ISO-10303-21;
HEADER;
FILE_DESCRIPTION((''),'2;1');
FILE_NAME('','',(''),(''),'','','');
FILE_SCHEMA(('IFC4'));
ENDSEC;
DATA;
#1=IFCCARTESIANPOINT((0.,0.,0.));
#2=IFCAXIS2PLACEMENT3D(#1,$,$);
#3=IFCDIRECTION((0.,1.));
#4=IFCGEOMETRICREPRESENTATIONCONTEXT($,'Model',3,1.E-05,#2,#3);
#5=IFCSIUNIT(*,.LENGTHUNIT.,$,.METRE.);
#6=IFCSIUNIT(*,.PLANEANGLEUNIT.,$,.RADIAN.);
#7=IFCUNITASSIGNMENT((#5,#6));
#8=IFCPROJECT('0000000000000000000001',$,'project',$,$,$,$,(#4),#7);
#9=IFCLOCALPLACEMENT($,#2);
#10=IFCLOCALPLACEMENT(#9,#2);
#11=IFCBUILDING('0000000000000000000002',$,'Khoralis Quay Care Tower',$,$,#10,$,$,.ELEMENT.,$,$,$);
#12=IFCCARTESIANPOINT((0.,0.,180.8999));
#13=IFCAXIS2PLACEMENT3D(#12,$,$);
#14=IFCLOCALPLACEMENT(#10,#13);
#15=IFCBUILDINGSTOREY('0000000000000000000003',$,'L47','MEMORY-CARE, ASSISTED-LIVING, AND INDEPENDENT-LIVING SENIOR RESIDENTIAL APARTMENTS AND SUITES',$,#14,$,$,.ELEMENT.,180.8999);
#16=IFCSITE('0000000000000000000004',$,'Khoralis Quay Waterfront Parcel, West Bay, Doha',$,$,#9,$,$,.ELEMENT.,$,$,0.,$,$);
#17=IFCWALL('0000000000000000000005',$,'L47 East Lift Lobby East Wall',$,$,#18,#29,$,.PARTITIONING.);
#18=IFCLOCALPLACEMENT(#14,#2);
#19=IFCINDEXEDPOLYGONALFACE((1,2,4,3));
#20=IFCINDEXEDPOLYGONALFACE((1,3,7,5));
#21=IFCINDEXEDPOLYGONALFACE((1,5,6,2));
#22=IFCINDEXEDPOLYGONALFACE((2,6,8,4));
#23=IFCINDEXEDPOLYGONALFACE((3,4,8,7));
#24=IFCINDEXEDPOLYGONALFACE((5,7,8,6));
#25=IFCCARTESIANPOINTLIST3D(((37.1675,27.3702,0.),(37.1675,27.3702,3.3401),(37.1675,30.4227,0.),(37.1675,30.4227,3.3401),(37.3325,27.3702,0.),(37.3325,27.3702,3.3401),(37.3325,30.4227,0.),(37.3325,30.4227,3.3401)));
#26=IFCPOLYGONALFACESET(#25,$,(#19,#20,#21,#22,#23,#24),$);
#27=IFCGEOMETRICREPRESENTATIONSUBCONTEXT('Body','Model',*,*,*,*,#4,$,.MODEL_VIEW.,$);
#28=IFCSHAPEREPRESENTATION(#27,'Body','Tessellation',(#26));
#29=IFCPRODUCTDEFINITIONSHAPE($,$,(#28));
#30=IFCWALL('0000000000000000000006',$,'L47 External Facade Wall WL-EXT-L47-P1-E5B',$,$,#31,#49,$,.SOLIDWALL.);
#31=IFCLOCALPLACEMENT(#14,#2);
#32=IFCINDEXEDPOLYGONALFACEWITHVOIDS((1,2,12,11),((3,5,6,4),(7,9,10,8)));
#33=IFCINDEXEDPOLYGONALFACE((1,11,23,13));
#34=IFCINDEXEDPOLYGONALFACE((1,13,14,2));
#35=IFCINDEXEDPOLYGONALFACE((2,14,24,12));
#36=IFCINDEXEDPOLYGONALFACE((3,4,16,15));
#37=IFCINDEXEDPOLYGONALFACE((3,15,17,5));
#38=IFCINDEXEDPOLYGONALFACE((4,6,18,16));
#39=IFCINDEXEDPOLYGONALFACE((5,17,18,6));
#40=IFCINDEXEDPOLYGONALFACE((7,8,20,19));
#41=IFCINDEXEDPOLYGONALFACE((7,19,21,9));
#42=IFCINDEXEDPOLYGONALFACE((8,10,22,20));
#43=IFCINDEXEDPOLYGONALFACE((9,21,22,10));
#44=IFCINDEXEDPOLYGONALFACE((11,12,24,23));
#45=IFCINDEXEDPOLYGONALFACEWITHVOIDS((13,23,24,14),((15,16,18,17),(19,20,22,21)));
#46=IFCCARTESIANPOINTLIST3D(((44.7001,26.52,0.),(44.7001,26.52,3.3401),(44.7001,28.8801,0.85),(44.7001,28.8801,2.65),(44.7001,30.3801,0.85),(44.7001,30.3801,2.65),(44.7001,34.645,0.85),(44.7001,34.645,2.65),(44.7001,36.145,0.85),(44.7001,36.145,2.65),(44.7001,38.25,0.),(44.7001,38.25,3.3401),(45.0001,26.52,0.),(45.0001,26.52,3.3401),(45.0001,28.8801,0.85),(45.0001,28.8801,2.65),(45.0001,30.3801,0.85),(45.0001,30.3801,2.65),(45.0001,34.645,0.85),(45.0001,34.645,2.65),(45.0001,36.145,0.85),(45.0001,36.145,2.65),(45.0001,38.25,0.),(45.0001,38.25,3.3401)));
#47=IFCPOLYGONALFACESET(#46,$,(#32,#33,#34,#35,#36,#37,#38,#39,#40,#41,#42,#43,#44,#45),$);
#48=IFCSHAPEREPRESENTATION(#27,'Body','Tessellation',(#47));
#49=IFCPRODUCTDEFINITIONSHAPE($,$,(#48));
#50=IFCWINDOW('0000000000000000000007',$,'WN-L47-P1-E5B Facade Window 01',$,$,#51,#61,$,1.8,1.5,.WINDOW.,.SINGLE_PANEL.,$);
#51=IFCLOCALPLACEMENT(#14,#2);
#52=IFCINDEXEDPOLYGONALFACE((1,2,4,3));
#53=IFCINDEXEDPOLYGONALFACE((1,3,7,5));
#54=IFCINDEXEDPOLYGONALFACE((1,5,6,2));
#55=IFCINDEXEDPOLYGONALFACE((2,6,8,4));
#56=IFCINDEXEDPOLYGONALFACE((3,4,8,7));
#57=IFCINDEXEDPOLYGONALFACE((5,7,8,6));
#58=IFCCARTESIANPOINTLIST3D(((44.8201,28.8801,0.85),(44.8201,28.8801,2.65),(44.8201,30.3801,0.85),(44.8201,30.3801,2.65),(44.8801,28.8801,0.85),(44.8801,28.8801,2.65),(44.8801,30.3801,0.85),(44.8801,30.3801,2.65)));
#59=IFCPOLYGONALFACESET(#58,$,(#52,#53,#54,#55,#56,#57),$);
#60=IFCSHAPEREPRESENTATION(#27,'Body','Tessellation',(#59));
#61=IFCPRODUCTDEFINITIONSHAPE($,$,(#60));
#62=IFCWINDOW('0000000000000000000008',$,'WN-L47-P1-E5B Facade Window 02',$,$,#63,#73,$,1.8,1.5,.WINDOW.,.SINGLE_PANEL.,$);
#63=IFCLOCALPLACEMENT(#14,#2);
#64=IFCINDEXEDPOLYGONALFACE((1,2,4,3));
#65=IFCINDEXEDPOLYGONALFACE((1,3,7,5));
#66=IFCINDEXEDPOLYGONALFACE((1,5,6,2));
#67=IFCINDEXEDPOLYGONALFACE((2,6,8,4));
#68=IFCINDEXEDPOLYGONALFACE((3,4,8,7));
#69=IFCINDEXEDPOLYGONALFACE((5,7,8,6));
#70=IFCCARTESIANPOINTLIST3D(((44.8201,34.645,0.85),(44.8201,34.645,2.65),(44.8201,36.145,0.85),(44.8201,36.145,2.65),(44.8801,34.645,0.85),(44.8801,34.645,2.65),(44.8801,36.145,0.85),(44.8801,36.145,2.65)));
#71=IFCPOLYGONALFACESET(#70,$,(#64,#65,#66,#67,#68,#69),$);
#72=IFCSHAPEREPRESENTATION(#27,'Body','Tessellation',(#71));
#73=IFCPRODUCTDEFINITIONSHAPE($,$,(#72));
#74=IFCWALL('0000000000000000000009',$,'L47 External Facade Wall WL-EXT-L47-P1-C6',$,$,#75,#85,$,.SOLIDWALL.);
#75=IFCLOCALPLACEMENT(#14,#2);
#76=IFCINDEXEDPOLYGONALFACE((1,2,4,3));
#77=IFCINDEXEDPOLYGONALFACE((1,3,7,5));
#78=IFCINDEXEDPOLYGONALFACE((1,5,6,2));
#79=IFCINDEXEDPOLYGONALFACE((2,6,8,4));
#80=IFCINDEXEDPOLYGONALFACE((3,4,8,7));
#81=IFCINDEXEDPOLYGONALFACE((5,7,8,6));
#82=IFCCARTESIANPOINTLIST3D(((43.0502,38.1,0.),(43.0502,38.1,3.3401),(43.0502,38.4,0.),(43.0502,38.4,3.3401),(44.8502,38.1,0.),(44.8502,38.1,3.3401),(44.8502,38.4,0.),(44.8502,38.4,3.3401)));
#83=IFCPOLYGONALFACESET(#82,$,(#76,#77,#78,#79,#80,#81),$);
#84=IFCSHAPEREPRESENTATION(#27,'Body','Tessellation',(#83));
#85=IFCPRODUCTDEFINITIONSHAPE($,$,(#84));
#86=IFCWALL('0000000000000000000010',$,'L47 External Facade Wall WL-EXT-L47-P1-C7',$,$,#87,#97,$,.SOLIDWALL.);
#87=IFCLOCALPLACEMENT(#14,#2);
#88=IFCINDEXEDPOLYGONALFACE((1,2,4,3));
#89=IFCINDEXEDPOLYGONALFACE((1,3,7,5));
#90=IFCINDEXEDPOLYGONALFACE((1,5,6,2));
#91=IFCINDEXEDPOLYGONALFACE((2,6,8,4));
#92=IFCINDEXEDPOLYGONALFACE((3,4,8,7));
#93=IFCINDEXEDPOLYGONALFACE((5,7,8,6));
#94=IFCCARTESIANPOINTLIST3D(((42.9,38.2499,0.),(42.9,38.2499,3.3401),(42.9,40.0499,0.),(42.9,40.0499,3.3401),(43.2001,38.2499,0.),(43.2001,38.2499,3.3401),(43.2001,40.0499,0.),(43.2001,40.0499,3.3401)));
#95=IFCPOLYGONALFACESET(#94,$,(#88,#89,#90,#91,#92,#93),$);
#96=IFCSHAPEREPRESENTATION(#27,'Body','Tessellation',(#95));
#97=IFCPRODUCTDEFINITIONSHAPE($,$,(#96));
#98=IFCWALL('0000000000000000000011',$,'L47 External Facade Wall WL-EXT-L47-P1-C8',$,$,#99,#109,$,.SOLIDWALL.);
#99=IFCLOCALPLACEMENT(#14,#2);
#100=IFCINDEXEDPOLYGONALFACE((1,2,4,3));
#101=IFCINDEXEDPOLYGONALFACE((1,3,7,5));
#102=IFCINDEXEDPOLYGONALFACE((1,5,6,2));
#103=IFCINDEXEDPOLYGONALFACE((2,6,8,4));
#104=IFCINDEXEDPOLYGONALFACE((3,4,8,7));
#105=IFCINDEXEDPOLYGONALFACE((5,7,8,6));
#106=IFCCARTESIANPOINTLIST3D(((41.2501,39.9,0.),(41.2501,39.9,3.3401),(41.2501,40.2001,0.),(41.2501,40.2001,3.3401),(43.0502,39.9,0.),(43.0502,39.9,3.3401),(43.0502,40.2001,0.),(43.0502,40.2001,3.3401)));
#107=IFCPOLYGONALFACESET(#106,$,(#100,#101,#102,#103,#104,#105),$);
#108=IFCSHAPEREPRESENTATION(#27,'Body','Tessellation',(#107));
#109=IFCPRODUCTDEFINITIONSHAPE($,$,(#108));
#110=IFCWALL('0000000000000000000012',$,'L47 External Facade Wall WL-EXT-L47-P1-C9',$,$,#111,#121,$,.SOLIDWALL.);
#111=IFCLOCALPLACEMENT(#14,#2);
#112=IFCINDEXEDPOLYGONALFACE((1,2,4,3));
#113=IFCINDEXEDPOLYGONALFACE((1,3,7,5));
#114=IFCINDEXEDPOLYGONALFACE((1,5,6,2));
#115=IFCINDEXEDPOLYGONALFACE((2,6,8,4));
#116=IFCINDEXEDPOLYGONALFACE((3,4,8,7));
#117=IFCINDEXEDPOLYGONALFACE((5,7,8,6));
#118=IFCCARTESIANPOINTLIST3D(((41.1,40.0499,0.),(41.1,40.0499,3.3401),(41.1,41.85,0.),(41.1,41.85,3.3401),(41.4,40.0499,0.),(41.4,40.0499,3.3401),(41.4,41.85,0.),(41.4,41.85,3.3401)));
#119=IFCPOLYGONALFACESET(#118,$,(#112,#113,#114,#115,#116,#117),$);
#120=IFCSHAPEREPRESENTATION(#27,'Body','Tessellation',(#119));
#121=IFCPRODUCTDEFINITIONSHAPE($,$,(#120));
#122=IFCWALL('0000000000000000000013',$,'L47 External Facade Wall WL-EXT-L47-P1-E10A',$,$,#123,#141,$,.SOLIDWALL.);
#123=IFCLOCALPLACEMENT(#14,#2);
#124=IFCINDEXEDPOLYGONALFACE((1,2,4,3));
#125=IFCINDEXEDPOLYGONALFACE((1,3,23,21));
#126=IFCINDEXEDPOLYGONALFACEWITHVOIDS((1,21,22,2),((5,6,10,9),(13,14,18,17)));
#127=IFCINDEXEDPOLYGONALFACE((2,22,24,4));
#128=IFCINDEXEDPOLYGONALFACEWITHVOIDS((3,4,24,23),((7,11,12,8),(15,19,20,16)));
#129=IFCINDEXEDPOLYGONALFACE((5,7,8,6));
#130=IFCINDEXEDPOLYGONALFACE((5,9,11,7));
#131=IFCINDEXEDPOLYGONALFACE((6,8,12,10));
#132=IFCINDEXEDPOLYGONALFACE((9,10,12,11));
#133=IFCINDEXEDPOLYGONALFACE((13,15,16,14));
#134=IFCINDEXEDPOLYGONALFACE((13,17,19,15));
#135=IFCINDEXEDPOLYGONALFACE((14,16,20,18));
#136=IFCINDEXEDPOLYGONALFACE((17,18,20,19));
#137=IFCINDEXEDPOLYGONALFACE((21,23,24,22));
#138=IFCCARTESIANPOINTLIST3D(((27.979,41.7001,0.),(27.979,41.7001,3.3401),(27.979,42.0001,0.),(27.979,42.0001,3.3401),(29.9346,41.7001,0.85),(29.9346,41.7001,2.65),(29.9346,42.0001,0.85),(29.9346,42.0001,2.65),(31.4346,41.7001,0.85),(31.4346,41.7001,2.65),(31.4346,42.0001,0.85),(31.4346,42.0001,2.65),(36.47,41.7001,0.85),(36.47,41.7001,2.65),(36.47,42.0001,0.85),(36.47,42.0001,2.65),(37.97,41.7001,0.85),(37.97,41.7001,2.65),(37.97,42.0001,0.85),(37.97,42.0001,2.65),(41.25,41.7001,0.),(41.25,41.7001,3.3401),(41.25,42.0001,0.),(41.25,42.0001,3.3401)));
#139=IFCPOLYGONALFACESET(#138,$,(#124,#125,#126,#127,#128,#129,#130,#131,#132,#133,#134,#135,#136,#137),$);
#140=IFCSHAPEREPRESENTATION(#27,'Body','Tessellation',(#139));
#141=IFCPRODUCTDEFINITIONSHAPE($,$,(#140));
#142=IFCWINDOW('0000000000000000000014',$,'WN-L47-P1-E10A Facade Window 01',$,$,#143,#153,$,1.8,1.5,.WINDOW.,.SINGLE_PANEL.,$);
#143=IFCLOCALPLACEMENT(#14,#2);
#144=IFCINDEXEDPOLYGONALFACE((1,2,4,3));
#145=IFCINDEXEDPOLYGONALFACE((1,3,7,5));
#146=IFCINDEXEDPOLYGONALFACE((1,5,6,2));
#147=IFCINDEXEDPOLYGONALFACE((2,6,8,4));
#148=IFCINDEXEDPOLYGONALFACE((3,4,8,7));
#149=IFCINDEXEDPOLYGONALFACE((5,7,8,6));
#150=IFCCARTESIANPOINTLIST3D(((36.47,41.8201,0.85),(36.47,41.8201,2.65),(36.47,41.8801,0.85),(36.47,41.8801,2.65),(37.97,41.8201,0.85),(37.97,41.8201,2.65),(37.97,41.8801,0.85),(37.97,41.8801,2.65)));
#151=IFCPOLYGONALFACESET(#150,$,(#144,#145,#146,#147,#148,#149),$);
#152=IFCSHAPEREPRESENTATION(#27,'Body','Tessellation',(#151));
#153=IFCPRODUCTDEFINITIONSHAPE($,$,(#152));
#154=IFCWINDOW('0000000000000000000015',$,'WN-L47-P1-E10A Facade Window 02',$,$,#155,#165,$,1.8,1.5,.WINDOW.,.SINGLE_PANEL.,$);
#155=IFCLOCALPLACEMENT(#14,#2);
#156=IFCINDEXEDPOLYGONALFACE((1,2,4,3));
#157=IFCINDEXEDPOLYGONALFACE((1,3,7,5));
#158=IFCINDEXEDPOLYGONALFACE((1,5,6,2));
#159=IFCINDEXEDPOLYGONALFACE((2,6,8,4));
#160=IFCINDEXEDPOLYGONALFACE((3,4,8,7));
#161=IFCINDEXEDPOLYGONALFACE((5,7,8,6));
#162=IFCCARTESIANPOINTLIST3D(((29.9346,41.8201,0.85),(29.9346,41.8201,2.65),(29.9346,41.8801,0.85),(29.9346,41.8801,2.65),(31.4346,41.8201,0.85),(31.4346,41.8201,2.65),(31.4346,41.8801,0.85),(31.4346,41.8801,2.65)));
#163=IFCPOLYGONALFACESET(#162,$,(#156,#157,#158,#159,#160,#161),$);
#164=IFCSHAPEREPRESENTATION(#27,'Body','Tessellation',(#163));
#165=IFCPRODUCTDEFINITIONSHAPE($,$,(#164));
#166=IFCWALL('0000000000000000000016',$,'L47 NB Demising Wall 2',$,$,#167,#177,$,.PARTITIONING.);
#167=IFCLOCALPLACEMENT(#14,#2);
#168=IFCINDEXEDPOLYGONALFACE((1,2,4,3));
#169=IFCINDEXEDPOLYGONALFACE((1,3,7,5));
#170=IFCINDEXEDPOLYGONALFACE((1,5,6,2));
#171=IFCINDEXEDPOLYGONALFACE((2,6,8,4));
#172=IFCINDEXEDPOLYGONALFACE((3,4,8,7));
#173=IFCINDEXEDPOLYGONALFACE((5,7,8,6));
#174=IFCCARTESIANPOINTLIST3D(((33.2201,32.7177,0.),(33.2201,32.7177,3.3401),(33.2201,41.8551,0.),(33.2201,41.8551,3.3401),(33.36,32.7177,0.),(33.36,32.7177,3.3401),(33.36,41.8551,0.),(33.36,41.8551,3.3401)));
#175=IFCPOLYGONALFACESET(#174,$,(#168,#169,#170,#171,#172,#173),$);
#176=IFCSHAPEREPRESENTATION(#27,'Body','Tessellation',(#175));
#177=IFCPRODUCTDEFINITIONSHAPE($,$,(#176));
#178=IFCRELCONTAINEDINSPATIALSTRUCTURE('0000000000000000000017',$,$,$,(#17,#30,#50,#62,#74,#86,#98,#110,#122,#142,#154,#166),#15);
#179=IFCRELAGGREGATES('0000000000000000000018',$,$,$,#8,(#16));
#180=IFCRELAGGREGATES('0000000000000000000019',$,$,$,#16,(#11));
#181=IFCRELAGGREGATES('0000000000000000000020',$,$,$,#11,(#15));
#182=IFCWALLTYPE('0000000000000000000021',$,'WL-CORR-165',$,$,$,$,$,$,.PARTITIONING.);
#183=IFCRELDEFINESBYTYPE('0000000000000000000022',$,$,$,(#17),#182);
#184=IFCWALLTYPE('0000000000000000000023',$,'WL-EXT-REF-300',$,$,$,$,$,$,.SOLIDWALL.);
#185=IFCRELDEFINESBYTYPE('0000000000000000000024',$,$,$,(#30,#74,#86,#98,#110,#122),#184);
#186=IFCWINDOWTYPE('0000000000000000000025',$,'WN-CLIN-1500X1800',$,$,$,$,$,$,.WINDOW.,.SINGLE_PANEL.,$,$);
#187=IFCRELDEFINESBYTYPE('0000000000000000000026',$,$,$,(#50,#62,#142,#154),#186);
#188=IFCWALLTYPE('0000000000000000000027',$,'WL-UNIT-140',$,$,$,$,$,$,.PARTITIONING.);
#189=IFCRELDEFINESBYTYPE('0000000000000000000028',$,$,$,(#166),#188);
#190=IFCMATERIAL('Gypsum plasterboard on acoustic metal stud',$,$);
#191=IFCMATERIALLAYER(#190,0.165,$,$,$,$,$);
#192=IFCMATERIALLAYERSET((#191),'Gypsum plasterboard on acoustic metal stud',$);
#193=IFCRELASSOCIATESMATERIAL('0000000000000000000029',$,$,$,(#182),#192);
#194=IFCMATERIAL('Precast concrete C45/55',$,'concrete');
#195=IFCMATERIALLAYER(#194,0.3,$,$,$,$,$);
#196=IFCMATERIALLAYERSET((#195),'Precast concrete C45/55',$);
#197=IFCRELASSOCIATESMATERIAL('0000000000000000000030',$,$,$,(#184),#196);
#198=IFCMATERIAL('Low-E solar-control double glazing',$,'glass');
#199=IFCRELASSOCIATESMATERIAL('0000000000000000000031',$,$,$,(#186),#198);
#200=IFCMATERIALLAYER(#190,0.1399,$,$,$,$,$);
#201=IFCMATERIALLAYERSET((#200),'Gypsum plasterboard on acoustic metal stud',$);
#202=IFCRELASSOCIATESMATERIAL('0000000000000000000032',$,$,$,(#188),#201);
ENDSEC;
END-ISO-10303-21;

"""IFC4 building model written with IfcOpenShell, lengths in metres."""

from ifc_helpers import new_model, si_unit, direction, frame, frame_2d, origin, place, context, subcontext, project, spatial, rectangle, extrude, source, transform, mapped, material, layer, layer_set, type_object, element, fill, save


model = new_model("IFC4")

# Units and contexts
model_context = context("Model", 3, precision=1e-05, world=origin(), true_north=direction((0.0, 1.0)))
body_context = subcontext(model_context, "Body", "Model", "MODEL_VIEW")
ifc_project = project(units=[si_unit("LENGTHUNIT", "METRE"), si_unit("PLANEANGLEUNIT", "RADIAN")], contexts=[model_context])

# Site, building, storey
site_placement = place(None, origin())
site = spatial("IfcSite", under=ifc_project, at=site_placement, Name="Khoralis Quay Waterfront Parcel, West Bay, Doha", CompositionType="ELEMENT", RefElevation=0.0)
building_placement = place(site_placement, origin())
building = spatial("IfcBuilding", under=site, at=building_placement, Name="Khoralis Quay Care Tower", CompositionType="ELEMENT")
storey_placement = place(building_placement, frame((0.0, 0.0, 180.8999)))
storey = spatial("IfcBuildingStorey", under=building, at=storey_placement, Name="L47", Description="MEMORY-CARE, ASSISTED-LIVING, AND INDEPENDENT-LIVING SENIOR RESIDENTIAL APARTMENTS AND SUITES", CompositionType="ELEMENT", Elevation=180.8999)

# Wall
ifc_material_1 = material(Name="Gypsum plasterboard on acoustic metal stud")
ifc_layer_1 = layer(ifc_material_1, 0.165)
ifc_layer_set_1 = layer_set([ifc_layer_1], Name="Gypsum plasterboard on acoustic metal stud")
wall_type_1 = type_object("IfcWallType", Name="WL-CORR-165", PredefinedType="PARTITIONING", material=ifc_layer_set_1)
wall_1_placement = place(storey_placement, frame((37.25, 27.3701, 0.0), z_axis=(0.0, 0.0, 1.0), x_axis=(0.0, 1.0, 0.0)))
element("IfcWall", 1, at=wall_1_placement, inside=storey, type_object=wall_type_1, Name="L47 East Lift Lobby East Wall", PredefinedType="PARTITIONING", context=body_context, shape_type="SweptSolid", body=[
    extrude(rectangle(XDim=3.0525, YDim=0.165, at=frame_2d((1.5264, 0.0))), origin(), (0.0, 0.0, 1.0), 3.3401),
])

# Wall, openings, windows
ifc_material_2 = material(Name="Precast concrete C45/55", Category="concrete")
ifc_layer_2 = layer(ifc_material_2, 0.3)
ifc_layer_set_2 = layer_set([ifc_layer_2], Name="Precast concrete C45/55")
wall_type_2 = type_object("IfcWallType", Name="WL-EXT-REF-300", PredefinedType="SOLIDWALL", material=ifc_layer_set_2)
wall_2_placement = place(storey_placement, frame((44.8501, 26.52, 0.0), z_axis=(0.0, 0.0, 1.0), x_axis=(0.0, 1.0, 0.0)))
wall_2 = element("IfcWall", 2, at=wall_2_placement, inside=storey, type_object=wall_type_2, Name="L47 External Facade Wall WL-EXT-L47-P1-E5B", PredefinedType="SOLIDWALL", context=body_context, shape_type="SweptSolid", body=[
    extrude(rectangle(XDim=11.73, YDim=0.3, at=frame_2d((5.865, 0.0))), origin(), (0.0, 0.0, 1.0), 3.3401),
])
opening_1_placement = place(wall_2_placement, frame((2.3601, 0.0, 0.8501)))
opening_1 = element("IfcOpeningElement", 3, at=opening_1_placement, cuts=wall_2, PredefinedType="OPENING", context=body_context, shape_type="SweptSolid", body=[
    extrude(rectangle(XDim=1.5, YDim=1.8, at=frame_2d((0.75, 0.8999))), frame((0.0, 0.1602, 0.0), z_axis=(0.0, -1.0, 0.0), x_axis=(1.0, 0.0, 0.0)), (0.0, 0.0, 1.0), 0.3201),
])
opening_2_placement = place(wall_2_placement, frame((8.125, 0.0, 0.8501)))
opening_2 = element("IfcOpeningElement", 4, at=opening_2_placement, cuts=wall_2, PredefinedType="OPENING", context=body_context, shape_type="SweptSolid", body=[
    extrude(rectangle(XDim=1.5, YDim=1.8, at=frame_2d((0.75, 0.8999))), frame((0.0, 0.1602, 0.0), z_axis=(0.0, -1.0, 0.0), x_axis=(1.0, 0.0, 0.0)), (0.0, 0.0, 1.0), 0.3201),
])
ifc_material_3 = material(Name="Low-E solar-control double glazing", Category="glass")
window_type = type_object("IfcWindowType", Name="WN-CLIN-1500X1800", PartitioningType="SINGLE_PANEL", PredefinedType="WINDOW", material=ifc_material_3)
shared_shape_1 = source(origin(), body_context, "Body", "SweptSolid", [
    extrude(rectangle(XDim=1.5, YDim=1.8, at=frame_2d((0.75, 0.8999))), frame((0.0, 0.03, 0.0), z_axis=(0.0, -1.0, 0.0), x_axis=(1.0, 0.0, 0.0)), (0.0, 0.0, 1.0), 0.0601),
])
window_1_placement = place(opening_1_placement, origin())
window_1 = element("IfcWindow", 5, at=window_1_placement, inside=storey, type_object=window_type, Name="WN-L47-P1-E5B Facade Window 01", OverallHeight=1.8, OverallWidth=1.5, PartitioningType="SINGLE_PANEL", PredefinedType="WINDOW", context=body_context, shape_type="MappedRepresentation", body=[
    mapped(shared_shape_1, transform((0.0, 0.0, 0.0), scale=1.0)),
])
fill(opening_1, window_1)
window_2_placement = place(opening_2_placement, origin())
window_2 = element("IfcWindow", 6, at=window_2_placement, inside=storey, type_object=window_type, Name="WN-L47-P1-E5B Facade Window 02", OverallHeight=1.8, OverallWidth=1.5, PartitioningType="SINGLE_PANEL", PredefinedType="WINDOW", context=body_context, shape_type="MappedRepresentation", body=[
    mapped(shared_shape_1, transform((0.0, 0.0, 0.0), scale=1.0)),
])
fill(opening_2, window_2)

# Walls
for number, where, z_axis, x_axis, name in (
    (7, (44.8501, 38.25, 0.0), (0.0, 0.0, 1.0), (-1.0, 0.0, 0.0), "L47 External Facade Wall WL-EXT-L47-P1-C6"),
    (8, (43.05, 38.25, 0.0), (0.0, 0.0, 1.0), (0.0, 1.0, 0.0), "L47 External Facade Wall WL-EXT-L47-P1-C7"),
    (9, (43.05, 40.05, 0.0), (0.0, 0.0, 1.0), (-1.0, 0.0, 0.0), "L47 External Facade Wall WL-EXT-L47-P1-C8"),
    (10, (41.25, 40.05, 0.0), (0.0, 0.0, 1.0), (0.0, 1.0, 0.0), "L47 External Facade Wall WL-EXT-L47-P1-C9"),
):
    element("IfcWall", number, at=place(storey_placement, frame(where, z_axis=z_axis, x_axis=x_axis)), inside=storey, type_object=wall_type_2, Name=name, PredefinedType="SOLIDWALL", context=body_context, shape_type="SweptSolid", body=[
        extrude(rectangle(XDim=1.8, YDim=0.3, at=frame_2d((0.8999, 0.0))), origin(), (0.0, 0.0, 1.0), 3.3401),
    ])

# Wall, openings, windows
wall_3_placement = place(storey_placement, frame((41.25, 41.8501, 0.0), z_axis=(0.0, 0.0, 1.0), x_axis=(-1.0, 0.0, 0.0)))
wall_3 = element("IfcWall", 11, at=wall_3_placement, inside=storey, type_object=wall_type_2, Name="L47 External Facade Wall WL-EXT-L47-P1-E10A", PredefinedType="SOLIDWALL", context=body_context, shape_type="SweptSolid", body=[
    extrude(rectangle(XDim=13.271, YDim=0.3, at=frame_2d((6.6355, 0.0))), origin(), (0.0, 0.0, 1.0), 3.3401),
])
opening_3_placement = place(wall_3_placement, frame((3.28, 0.0, 0.8501)))
opening_3 = element("IfcOpeningElement", 12, at=opening_3_placement, cuts=wall_3, PredefinedType="OPENING", context=body_context, shape_type="SweptSolid", body=[
    extrude(rectangle(XDim=1.5, YDim=1.8, at=frame_2d((0.75, 0.8999))), frame((0.0, 0.1602, 0.0), z_axis=(0.0, -1.0, 0.0), x_axis=(1.0, 0.0, 0.0)), (0.0, 0.0, 1.0), 0.3201),
])
opening_4_placement = place(wall_3_placement, frame((9.8154, 0.0, 0.8501)))
opening_4 = element("IfcOpeningElement", 13, at=opening_4_placement, cuts=wall_3, PredefinedType="OPENING", context=body_context, shape_type="SweptSolid", body=[
    extrude(rectangle(XDim=1.5, YDim=1.8, at=frame_2d((0.75, 0.8999))), frame((0.0, 0.1602, 0.0), z_axis=(0.0, -1.0, 0.0), x_axis=(1.0, 0.0, 0.0)), (0.0, 0.0, 1.0), 0.3201),
])
window_3_placement = place(opening_3_placement, origin())
window_3 = element("IfcWindow", 14, at=window_3_placement, inside=storey, type_object=window_type, Name="WN-L47-P1-E10A Facade Window 01", OverallHeight=1.8, OverallWidth=1.5, PartitioningType="SINGLE_PANEL", PredefinedType="WINDOW", context=body_context, shape_type="MappedRepresentation", body=[
    mapped(shared_shape_1, transform((0.0, 0.0, 0.0), scale=1.0)),
])
fill(opening_3, window_3)
window_4_placement = place(opening_4_placement, origin())
window_4 = element("IfcWindow", 15, at=window_4_placement, inside=storey, type_object=window_type, Name="WN-L47-P1-E10A Facade Window 02", OverallHeight=1.8, OverallWidth=1.5, PartitioningType="SINGLE_PANEL", PredefinedType="WINDOW", context=body_context, shape_type="MappedRepresentation", body=[
    mapped(shared_shape_1, transform((0.0, 0.0, 0.0), scale=1.0)),
])
fill(opening_4, window_4)

# Wall
ifc_layer_3 = layer(ifc_material_1, 0.1399)
ifc_layer_set_3 = layer_set([ifc_layer_3], Name="Gypsum plasterboard on acoustic metal stud")
wall_type_3 = type_object("IfcWallType", Name="WL-UNIT-140", PredefinedType="PARTITIONING", material=ifc_layer_set_3)
wall_4_placement = place(storey_placement, frame((33.29, 32.7175, 0.0), z_axis=(0.0, 0.0, 1.0), x_axis=(0.0, 1.0, 0.0)))
element("IfcWall", 16, at=wall_4_placement, inside=storey, type_object=wall_type_3, Name="L47 NB Demising Wall 2", PredefinedType="PARTITIONING", context=body_context, shape_type="SweptSolid", body=[
    extrude(rectangle(XDim=9.1375, YDim=0.1399, at=frame_2d((4.5688, 0.0))), origin(), (0.0, 0.0, 1.0), 3.3401),
])

save(model, "model.ifc")
